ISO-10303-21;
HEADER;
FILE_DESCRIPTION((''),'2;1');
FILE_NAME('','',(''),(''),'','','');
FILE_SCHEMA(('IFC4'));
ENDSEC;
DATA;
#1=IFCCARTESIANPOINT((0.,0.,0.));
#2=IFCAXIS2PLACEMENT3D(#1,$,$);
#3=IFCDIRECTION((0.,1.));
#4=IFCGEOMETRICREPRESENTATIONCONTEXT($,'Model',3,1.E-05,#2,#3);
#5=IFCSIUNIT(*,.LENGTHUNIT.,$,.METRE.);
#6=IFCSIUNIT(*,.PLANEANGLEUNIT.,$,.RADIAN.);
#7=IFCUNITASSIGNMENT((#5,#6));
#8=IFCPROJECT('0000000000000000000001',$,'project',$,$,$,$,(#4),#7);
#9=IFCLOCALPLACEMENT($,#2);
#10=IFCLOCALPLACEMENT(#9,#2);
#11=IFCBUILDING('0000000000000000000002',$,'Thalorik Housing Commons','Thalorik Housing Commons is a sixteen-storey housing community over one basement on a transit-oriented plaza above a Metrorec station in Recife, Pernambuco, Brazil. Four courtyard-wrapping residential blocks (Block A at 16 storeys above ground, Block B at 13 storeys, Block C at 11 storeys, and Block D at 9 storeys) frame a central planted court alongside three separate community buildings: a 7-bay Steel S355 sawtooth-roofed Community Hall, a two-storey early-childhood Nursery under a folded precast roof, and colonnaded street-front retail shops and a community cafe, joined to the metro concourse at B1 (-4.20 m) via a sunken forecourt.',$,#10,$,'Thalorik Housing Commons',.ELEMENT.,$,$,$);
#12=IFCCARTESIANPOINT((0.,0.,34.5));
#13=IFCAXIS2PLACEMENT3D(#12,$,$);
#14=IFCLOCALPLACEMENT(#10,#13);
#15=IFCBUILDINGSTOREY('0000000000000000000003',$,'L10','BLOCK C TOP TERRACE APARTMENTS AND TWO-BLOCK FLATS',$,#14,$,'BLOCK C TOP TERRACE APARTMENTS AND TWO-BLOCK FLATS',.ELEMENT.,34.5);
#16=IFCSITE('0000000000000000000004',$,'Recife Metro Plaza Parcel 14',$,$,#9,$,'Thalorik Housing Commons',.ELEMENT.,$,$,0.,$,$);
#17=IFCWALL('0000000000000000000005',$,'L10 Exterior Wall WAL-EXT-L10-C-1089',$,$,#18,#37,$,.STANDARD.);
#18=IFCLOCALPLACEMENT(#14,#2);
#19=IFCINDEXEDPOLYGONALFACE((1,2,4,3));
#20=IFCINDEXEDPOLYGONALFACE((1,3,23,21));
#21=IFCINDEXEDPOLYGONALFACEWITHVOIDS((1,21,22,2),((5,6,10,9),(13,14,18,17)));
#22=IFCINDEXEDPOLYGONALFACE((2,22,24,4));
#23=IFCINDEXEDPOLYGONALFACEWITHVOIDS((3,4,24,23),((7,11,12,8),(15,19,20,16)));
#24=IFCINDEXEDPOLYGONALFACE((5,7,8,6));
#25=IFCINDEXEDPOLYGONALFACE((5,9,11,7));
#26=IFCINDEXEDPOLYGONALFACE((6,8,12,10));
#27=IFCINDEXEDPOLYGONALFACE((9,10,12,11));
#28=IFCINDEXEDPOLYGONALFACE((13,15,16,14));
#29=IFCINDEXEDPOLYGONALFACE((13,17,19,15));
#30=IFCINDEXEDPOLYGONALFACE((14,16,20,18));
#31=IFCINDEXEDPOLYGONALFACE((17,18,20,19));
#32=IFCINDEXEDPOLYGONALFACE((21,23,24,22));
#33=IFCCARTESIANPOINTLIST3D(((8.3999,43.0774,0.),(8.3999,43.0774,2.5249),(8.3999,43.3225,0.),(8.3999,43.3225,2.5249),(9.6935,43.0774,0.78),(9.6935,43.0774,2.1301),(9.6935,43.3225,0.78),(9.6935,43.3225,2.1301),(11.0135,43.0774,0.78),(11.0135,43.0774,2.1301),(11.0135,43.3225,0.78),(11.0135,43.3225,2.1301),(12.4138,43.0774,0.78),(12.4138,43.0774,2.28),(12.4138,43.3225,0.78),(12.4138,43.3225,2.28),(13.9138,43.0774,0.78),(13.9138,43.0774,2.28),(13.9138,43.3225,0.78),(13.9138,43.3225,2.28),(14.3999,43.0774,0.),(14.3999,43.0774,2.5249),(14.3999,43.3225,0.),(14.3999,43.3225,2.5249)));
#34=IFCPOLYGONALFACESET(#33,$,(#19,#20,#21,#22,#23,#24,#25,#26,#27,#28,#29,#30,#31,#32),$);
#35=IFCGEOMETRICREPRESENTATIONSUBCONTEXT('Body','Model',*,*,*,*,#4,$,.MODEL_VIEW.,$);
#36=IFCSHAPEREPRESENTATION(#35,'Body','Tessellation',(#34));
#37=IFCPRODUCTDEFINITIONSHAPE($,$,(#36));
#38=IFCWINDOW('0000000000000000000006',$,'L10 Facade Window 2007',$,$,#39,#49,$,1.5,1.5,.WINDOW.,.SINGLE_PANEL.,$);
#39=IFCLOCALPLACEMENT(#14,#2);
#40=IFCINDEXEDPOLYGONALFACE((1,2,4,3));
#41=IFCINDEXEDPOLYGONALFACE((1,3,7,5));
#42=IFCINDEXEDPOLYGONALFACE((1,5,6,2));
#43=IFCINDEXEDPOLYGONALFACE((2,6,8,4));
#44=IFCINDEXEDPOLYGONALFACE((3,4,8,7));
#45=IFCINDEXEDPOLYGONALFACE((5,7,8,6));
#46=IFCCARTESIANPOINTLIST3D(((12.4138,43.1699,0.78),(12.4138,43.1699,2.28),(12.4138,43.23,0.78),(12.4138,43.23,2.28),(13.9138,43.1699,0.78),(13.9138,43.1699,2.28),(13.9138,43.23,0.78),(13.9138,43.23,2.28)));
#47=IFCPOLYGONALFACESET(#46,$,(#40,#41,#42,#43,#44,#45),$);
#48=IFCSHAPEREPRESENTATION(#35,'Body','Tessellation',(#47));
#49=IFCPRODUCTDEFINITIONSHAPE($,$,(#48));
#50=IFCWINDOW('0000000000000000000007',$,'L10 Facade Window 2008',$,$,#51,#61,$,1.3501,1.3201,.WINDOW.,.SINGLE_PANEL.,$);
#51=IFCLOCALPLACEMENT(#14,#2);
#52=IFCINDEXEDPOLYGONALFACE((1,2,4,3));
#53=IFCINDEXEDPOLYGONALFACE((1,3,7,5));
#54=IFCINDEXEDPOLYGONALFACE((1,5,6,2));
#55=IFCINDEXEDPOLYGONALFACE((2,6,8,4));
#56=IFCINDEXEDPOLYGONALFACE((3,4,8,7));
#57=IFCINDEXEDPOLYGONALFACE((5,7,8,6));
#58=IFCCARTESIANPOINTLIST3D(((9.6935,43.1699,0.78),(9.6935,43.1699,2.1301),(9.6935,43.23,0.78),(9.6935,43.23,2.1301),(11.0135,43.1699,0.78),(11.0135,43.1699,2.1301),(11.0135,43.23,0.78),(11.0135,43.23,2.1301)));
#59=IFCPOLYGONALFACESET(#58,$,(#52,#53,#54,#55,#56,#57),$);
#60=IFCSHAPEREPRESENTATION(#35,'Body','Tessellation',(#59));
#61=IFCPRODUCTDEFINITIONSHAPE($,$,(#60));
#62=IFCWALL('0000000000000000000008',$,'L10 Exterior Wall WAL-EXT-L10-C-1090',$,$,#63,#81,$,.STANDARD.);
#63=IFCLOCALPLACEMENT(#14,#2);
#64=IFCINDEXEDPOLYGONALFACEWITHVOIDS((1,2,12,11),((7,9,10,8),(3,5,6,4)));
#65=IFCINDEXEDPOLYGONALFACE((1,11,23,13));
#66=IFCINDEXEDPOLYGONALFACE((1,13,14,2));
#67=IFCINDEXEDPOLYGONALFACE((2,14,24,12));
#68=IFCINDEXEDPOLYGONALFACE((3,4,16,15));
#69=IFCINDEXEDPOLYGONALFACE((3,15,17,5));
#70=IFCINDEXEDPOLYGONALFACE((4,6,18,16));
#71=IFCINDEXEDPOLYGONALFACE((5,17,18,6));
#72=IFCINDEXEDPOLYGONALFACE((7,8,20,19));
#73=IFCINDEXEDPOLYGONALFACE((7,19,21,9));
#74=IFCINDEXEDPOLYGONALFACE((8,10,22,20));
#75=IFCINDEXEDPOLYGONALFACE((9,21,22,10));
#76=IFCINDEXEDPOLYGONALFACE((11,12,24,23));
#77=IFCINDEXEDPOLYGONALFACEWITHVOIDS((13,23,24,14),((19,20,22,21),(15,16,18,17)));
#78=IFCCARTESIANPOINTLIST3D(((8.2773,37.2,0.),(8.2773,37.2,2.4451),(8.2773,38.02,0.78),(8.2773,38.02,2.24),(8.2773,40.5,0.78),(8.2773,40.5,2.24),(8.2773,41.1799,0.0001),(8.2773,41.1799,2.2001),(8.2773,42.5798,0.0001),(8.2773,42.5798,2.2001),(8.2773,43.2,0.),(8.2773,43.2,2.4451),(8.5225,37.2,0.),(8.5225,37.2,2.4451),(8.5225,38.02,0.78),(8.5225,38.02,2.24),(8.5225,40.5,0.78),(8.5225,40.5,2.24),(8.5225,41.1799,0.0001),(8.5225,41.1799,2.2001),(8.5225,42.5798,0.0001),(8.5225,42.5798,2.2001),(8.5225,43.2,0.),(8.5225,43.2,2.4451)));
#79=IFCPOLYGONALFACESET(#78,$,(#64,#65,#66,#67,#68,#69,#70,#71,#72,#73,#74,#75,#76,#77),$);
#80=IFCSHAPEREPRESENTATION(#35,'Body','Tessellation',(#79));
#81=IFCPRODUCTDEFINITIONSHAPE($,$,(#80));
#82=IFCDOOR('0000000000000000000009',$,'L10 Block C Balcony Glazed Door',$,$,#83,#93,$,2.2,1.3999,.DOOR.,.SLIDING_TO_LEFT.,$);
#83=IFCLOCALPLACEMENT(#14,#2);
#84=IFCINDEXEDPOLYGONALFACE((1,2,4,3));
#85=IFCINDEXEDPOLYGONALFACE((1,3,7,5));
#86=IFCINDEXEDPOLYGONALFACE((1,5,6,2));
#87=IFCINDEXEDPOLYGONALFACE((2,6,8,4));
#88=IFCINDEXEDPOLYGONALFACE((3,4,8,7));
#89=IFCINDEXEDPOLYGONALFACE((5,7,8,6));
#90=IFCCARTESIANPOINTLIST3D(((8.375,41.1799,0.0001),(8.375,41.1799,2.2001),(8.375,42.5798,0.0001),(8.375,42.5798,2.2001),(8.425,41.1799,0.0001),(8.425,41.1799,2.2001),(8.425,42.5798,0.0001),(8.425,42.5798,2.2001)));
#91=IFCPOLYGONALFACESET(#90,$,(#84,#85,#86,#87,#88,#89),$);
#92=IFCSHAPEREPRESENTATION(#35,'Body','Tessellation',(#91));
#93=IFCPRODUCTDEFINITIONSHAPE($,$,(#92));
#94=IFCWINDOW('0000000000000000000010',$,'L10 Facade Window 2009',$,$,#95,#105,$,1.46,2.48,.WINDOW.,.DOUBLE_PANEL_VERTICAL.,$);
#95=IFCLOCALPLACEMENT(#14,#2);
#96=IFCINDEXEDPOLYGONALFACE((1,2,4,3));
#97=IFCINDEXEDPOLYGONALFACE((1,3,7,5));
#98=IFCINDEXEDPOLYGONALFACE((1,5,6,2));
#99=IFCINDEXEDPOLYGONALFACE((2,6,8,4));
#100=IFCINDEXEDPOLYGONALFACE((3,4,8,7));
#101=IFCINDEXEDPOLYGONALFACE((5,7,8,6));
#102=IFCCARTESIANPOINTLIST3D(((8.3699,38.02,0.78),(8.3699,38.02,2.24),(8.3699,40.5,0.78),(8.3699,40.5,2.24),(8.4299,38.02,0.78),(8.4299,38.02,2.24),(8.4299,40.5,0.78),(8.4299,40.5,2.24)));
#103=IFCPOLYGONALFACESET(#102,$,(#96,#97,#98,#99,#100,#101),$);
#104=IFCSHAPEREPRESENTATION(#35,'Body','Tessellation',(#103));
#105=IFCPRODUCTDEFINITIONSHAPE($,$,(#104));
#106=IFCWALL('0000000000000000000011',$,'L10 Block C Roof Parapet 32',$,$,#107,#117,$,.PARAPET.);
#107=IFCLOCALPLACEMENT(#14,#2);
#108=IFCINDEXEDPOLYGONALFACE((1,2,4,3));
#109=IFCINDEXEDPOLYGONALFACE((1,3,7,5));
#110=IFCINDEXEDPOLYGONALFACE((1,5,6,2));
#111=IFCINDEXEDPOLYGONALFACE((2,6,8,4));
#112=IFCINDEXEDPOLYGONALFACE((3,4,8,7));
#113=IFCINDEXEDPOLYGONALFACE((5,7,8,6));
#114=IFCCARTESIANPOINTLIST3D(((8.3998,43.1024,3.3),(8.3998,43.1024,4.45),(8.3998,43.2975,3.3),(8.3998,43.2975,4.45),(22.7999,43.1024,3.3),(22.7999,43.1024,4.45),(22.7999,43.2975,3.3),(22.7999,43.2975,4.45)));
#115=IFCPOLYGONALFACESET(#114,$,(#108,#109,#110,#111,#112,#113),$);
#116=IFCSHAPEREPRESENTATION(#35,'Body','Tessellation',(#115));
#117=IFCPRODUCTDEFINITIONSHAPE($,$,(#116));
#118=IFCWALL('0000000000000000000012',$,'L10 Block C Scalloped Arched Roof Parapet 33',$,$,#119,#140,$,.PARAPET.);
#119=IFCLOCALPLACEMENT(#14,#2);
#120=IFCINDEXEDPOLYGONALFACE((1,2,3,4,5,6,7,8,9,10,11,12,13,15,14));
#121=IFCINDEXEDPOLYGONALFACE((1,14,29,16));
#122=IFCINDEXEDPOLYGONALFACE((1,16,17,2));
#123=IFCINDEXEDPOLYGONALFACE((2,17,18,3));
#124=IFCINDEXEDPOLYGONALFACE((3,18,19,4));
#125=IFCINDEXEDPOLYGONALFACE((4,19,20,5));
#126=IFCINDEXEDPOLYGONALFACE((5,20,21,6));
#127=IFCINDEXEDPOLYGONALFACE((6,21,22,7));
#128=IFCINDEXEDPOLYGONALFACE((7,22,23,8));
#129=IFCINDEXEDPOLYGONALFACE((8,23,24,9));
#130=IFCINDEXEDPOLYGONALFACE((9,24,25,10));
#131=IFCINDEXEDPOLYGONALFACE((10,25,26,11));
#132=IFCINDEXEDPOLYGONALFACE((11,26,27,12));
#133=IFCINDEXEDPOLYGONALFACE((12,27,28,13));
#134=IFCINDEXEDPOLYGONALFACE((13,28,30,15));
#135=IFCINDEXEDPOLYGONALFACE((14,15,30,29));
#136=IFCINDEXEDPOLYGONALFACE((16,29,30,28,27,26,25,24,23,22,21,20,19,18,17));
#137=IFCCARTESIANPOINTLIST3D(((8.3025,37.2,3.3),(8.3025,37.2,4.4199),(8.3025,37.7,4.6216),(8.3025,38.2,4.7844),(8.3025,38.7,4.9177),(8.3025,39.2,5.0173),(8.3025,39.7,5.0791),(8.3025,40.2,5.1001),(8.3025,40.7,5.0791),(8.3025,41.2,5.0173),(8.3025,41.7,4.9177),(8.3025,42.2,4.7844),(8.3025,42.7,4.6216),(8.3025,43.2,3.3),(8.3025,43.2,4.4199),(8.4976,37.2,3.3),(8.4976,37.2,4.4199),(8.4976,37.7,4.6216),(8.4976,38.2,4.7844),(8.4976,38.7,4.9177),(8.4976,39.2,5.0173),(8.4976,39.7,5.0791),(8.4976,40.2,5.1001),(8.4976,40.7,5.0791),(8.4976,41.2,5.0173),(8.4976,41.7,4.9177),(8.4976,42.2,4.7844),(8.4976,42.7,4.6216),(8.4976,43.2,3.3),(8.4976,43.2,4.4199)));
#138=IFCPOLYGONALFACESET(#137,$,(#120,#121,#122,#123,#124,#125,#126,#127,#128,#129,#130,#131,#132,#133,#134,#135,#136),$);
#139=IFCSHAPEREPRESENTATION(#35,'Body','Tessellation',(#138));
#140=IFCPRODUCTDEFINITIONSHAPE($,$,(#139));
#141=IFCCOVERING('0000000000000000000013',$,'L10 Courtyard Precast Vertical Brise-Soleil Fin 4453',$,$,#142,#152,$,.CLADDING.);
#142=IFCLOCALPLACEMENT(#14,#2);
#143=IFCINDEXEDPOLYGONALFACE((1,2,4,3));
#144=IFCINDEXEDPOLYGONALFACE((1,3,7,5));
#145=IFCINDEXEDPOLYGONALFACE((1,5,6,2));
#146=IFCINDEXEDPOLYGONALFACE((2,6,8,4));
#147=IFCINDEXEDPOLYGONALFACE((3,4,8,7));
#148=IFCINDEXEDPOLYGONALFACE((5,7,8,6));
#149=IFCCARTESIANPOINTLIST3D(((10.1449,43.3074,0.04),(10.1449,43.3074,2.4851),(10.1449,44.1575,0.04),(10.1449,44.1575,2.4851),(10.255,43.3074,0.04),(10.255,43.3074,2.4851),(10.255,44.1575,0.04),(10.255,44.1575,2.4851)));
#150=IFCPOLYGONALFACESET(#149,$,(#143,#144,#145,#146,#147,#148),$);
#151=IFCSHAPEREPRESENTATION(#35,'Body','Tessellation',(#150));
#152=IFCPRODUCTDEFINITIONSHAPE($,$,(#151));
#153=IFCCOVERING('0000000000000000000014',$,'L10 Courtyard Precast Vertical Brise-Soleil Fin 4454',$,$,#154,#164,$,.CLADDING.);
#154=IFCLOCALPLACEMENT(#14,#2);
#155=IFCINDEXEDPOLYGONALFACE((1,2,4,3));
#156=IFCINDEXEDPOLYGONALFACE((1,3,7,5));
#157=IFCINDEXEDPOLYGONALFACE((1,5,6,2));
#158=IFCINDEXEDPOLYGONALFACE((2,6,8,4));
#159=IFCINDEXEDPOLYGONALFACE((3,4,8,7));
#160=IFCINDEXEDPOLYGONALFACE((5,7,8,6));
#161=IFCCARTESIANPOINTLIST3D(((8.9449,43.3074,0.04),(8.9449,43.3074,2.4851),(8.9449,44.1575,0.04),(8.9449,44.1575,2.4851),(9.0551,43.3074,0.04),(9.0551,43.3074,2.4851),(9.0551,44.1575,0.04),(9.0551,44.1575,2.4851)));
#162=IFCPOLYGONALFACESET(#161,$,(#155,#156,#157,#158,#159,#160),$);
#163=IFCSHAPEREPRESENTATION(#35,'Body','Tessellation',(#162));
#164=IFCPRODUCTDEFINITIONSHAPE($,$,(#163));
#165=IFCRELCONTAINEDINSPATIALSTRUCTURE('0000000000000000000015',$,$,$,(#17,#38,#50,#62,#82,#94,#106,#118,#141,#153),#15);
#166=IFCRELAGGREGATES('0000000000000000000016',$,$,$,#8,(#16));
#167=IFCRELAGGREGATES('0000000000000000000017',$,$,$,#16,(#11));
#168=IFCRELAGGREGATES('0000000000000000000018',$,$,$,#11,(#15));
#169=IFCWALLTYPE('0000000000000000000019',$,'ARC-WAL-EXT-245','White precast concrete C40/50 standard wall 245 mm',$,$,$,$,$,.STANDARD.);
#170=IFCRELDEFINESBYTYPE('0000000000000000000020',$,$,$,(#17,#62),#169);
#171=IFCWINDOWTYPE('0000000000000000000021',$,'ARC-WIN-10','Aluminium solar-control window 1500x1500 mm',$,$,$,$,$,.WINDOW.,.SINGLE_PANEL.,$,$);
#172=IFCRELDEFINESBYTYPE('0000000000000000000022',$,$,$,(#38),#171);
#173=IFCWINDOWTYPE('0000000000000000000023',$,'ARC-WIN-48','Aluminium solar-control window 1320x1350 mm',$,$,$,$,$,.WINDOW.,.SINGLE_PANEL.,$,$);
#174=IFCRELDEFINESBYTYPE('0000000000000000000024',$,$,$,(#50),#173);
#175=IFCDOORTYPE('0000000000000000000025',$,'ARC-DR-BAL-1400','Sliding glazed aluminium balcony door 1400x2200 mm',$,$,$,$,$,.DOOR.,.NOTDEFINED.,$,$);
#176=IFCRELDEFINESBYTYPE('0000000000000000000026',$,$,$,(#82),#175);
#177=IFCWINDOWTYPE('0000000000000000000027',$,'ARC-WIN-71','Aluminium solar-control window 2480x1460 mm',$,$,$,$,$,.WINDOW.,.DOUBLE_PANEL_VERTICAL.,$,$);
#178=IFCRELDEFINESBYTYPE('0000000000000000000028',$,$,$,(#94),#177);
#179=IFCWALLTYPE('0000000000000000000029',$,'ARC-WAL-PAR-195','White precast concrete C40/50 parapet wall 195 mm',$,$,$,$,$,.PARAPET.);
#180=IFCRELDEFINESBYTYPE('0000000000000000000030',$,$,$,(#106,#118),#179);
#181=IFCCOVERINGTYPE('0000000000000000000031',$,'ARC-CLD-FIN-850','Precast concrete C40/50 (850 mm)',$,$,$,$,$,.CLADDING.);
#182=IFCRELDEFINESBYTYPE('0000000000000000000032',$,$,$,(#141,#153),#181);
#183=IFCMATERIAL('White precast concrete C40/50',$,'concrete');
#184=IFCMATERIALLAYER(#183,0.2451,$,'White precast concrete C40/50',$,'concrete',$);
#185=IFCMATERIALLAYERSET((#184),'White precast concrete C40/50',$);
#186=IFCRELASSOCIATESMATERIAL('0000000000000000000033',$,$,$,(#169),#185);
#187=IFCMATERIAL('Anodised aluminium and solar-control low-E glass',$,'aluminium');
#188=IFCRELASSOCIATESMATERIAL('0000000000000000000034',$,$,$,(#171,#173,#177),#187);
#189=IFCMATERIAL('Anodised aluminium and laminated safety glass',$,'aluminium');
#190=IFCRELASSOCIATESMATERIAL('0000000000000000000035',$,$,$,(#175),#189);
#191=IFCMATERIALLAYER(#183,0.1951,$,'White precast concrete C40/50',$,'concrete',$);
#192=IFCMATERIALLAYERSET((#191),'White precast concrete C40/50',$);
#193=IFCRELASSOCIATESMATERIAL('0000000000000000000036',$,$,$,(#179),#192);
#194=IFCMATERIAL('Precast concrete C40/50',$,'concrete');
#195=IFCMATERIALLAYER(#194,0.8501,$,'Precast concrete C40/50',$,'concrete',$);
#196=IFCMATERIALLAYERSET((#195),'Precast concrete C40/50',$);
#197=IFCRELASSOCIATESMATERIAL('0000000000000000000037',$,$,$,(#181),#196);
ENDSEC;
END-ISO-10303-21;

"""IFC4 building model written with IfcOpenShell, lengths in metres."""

from ifc_helpers import new_model, si_unit, direction, frame, frame_2d, origin, origin_2d, place, context, subcontext, project, spatial, polyline, rectangle, outline, extrude, material, layer, layer_set, type_object, element, fill, save


model = new_model("IFC4")

# Units and contexts
model_context = context("Model", 3, precision=1e-05, world=origin(), true_north=direction((0.0, 1.0)))
body_context = subcontext(model_context, "Body", "Model", "MODEL_VIEW")
ifc_project = project(units=[si_unit("LENGTHUNIT", "METRE"), si_unit("PLANEANGLEUNIT", "RADIAN")], contexts=[model_context])

# Site, building, storey
site_placement = place(None, origin())
site = spatial("IfcSite", under=ifc_project, at=site_placement, Name="Recife Metro Plaza Parcel 14", LongName="Thalorik Housing Commons", CompositionType="ELEMENT", RefElevation=0.0)
building_placement = place(site_placement, origin())
building = spatial("IfcBuilding", under=site, at=building_placement, Name="Thalorik Housing Commons", Description="Thalorik Housing Commons is a sixteen-storey housing community over one basement on a transit-oriented plaza above a Metrorec station in Recife, Pernambuco, Brazil. Four courtyard-wrapping residential blocks (Block A at 16 storeys above ground, Block B at 13 storeys, Block C at 11 storeys, and Block D at 9 storeys) frame a central planted court alongside three separate community buildings: a 7-bay Steel S355 sawtooth-roofed Community Hall, a two-storey early-childhood Nursery under a folded precast roof, and colonnaded street-front retail shops and a community cafe, joined to the metro concourse at B1 (-4.20 m) via a sunken forecourt.", LongName="Thalorik Housing Commons", CompositionType="ELEMENT")
storey_placement = place(building_placement, frame((0.0, 0.0, 34.5)))
storey = spatial("IfcBuildingStorey", under=building, at=storey_placement, Name="L10", Description="BLOCK C TOP TERRACE APARTMENTS AND TWO-BLOCK FLATS", LongName="BLOCK C TOP TERRACE APARTMENTS AND TWO-BLOCK FLATS", CompositionType="ELEMENT", Elevation=34.5)

# Shared definitions
ifc_material_1 = material(Name="Precast concrete C40/50", Category="concrete")

# Wall, openings, windows
ifc_material_2 = material(Name="White precast concrete C40/50", Category="concrete")
ifc_layer_1 = layer(ifc_material_2, 0.2451, Name="White precast concrete C40/50", Category="concrete")
ifc_layer_set_1 = layer_set([ifc_layer_1], Name="White precast concrete C40/50")
wall_type_1 = type_object("IfcWallType", Name="ARC-WAL-EXT-245", Description="White precast concrete C40/50 standard wall 245 mm", PredefinedType="STANDARD", material=ifc_layer_set_1)
ifc_material_3 = material(Name="Anodised aluminium and solar-control low-E glass", Category="aluminium")
wall_1_placement = place(storey_placement, frame((14.3999, 43.2, 0.0), z_axis=(0.0, 0.0, 1.0), x_axis=(-1.0, 0.0, 0.0)))
wall_1 = element("IfcWall", 1, at=wall_1_placement, inside=storey, type_object=wall_type_1, Name="L10 Exterior Wall WAL-EXT-L10-C-1089", PredefinedType="STANDARD", context=body_context, shape_type="SweptSolid", body=[
    extrude(rectangle(XDim=6.0, YDim=0.2451, at=frame_2d((3.0, 0.0))), origin(), (0.0, 0.0, 1.0), 2.5249),
])
opening_1_placement = place(wall_1_placement, frame((0.4861, 0.0, 0.78)))
opening_1 = element("IfcOpeningElement", 2, at=opening_1_placement, cuts=wall_1, PredefinedType="OPENING", context=body_context, shape_type="SweptSolid", body=[
    extrude(rectangle(XDim=1.5, YDim=1.5, at=frame_2d((0.75, 0.75))), frame((0.0, 0.1326, 0.0), z_axis=(0.0, -1.0, 0.0), x_axis=(1.0, 0.0, 0.0)), (0.0, 0.0, 1.0), 0.2651),
])
opening_2_placement = place(wall_1_placement, frame((3.3862, 0.0, 0.78)))
opening_2 = element("IfcOpeningElement", 3, at=opening_2_placement, cuts=wall_1, PredefinedType="OPENING", context=body_context, shape_type="SweptSolid", body=[
    extrude(rectangle(XDim=1.3201, YDim=1.3501, at=frame_2d((0.6602, 0.675))), frame((0.0, 0.1326, 0.0), z_axis=(0.0, -1.0, 0.0), x_axis=(1.0, 0.0, 0.0)), (0.0, 0.0, 1.0), 0.2651),
])
window_type_1 = type_object("IfcWindowType", Name="ARC-WIN-10", Description="Aluminium solar-control window 1500x1500 mm", PartitioningType="SINGLE_PANEL", PredefinedType="WINDOW", material=ifc_material_3)
window_1_placement = place(opening_1_placement, origin())
window_1 = element("IfcWindow", 4, at=window_1_placement, inside=storey, type_object=window_type_1, Name="L10 Facade Window 2007", OverallHeight=1.5, OverallWidth=1.5, PartitioningType="SINGLE_PANEL", PredefinedType="WINDOW", context=body_context, shape_type="SweptSolid", body=[
    extrude(rectangle(XDim=1.5, YDim=1.5, at=frame_2d((0.75, 0.75))), frame((0.0, 0.03, 0.0), z_axis=(0.0, -1.0, 0.0), x_axis=(1.0, 0.0, 0.0)), (0.0, 0.0, 1.0), 0.0601),
])
fill(opening_1, window_1)
window_type_2 = type_object("IfcWindowType", Name="ARC-WIN-48", Description="Aluminium solar-control window 1320x1350 mm", PartitioningType="SINGLE_PANEL", PredefinedType="WINDOW", material=ifc_material_3)
window_2_placement = place(opening_2_placement, origin())
window_2 = element("IfcWindow", 5, at=window_2_placement, inside=storey, type_object=window_type_2, Name="L10 Facade Window 2008", OverallHeight=1.3501, OverallWidth=1.3201, PartitioningType="SINGLE_PANEL", PredefinedType="WINDOW", context=body_context, shape_type="SweptSolid", body=[
    extrude(rectangle(XDim=1.3201, YDim=1.3501, at=frame_2d((0.6602, 0.675))), frame((0.0, 0.03, 0.0), z_axis=(0.0, -1.0, 0.0), x_axis=(1.0, 0.0, 0.0)), (0.0, 0.0, 1.0), 0.0601),
])
fill(opening_2, window_2)

# Wall, openings, door, window
wall_2_placement = place(storey_placement, frame((8.3999, 43.2, 0.0), z_axis=(0.0, 0.0, 1.0), x_axis=(0.0, -1.0, 0.0)))
wall_2 = element("IfcWall", 6, at=wall_2_placement, inside=storey, type_object=wall_type_1, Name="L10 Exterior Wall WAL-EXT-L10-C-1090", PredefinedType="STANDARD", context=body_context, shape_type="SweptSolid", body=[
    extrude(rectangle(XDim=6.0, YDim=0.2451, at=frame_2d((3.0, 0.0))), origin(), (0.0, 0.0, 1.0), 2.4451),
])
opening_3_placement = place(wall_2_placement, frame((0.6201, 0.0, 0.0)))
opening_3 = element("IfcOpeningElement", 7, at=opening_3_placement, cuts=wall_2, PredefinedType="OPENING", context=body_context, shape_type="SweptSolid", body=[
    extrude(rectangle(XDim=1.3999, YDim=2.2, at=frame_2d((0.7, 1.1001))), frame((0.0, 0.1326, 0.0), z_axis=(0.0, -1.0, 0.0), x_axis=(1.0, 0.0, 0.0)), (0.0, 0.0, 1.0), 0.2651),
])
opening_4_placement = place(wall_2_placement, frame((2.7, 0.0, 0.78)))
opening_4 = element("IfcOpeningElement", 8, at=opening_4_placement, cuts=wall_2, PredefinedType="OPENING", context=body_context, shape_type="SweptSolid", body=[
    extrude(rectangle(XDim=2.48, YDim=1.46, at=frame_2d((1.24, 0.73))), frame((0.0, 0.1326, 0.0), z_axis=(0.0, -1.0, 0.0), x_axis=(1.0, 0.0, 0.0)), (0.0, 0.0, 1.0), 0.2651),
])
ifc_material_4 = material(Name="Anodised aluminium and laminated safety glass", Category="aluminium")
door_type = type_object("IfcDoorType", Name="ARC-DR-BAL-1400", Description="Sliding glazed aluminium balcony door 1400x2200 mm", OperationType="NOTDEFINED", PredefinedType="DOOR", material=ifc_material_4)
door_placement = place(opening_3_placement, frame((1.3999, 0.0, 0.0), z_axis=(0.0, 0.0, 1.0), x_axis=(-1.0, 0.0, 0.0)))
door = element("IfcDoor", 9, at=door_placement, inside=storey, type_object=door_type, Name="L10 Block C Balcony Glazed Door", OperationType="SLIDING_TO_LEFT", OverallHeight=2.2, OverallWidth=1.3999, PredefinedType="DOOR", context=body_context, shape_type="SweptSolid", body=[
    extrude(rectangle(XDim=1.3999, YDim=2.2, at=frame_2d((0.7, 1.1001))), frame((0.0, 0.0249, 0.0), z_axis=(0.0, -1.0, 0.0), x_axis=(1.0, 0.0, 0.0)), (0.0, 0.0, 1.0), 0.05),
])
fill(opening_3, door)
window_type_3 = type_object("IfcWindowType", Name="ARC-WIN-71", Description="Aluminium solar-control window 2480x1460 mm", PartitioningType="DOUBLE_PANEL_VERTICAL", PredefinedType="WINDOW", material=ifc_material_3)
window_3_placement = place(opening_4_placement, origin())
window_3 = element("IfcWindow", 10, at=window_3_placement, inside=storey, type_object=window_type_3, Name="L10 Facade Window 2009", OverallHeight=1.46, OverallWidth=2.48, PartitioningType="DOUBLE_PANEL_VERTICAL", PredefinedType="WINDOW", context=body_context, shape_type="SweptSolid", body=[
    extrude(rectangle(XDim=2.48, YDim=1.46, at=frame_2d((1.24, 0.73))), frame((0.0, 0.03, 0.0), z_axis=(0.0, -1.0, 0.0), x_axis=(1.0, 0.0, 0.0)), (0.0, 0.0, 1.0), 0.0601),
])
fill(opening_4, window_3)

# Walls
ifc_layer_2 = layer(ifc_material_2, 0.1951, Name="White precast concrete C40/50", Category="concrete")
ifc_layer_set_2 = layer_set([ifc_layer_2], Name="White precast concrete C40/50")
wall_type_2 = type_object("IfcWallType", Name="ARC-WAL-PAR-195", Description="White precast concrete C40/50 parapet wall 195 mm", PredefinedType="PARAPET", material=ifc_layer_set_2)
wall_3_placement = place(storey_placement, frame((22.8, 43.2, 3.3), z_axis=(0.0, 0.0, 1.0), x_axis=(-1.0, 0.0, 0.0)))
element("IfcWall", 11, at=wall_3_placement, inside=storey, type_object=wall_type_2, Name="L10 Block C Roof Parapet 32", PredefinedType="PARAPET", context=body_context, shape_type="SweptSolid", body=[
    extrude(rectangle(XDim=14.4001, YDim=0.1951, at=frame_2d((7.2002, 0.0))), origin(), (0.0, 0.0, 1.0), 1.1499),
])
wall_4_placement = place(storey_placement, frame((8.3999, 43.2, 3.3), z_axis=(0.0, 0.0, 1.0), x_axis=(0.0, -1.0, 0.0)))
element("IfcWall", 12, at=wall_4_placement, inside=storey, type_object=wall_type_2, Name="L10 Block C Scalloped Arched Roof Parapet 33", PredefinedType="PARAPET", context=body_context, shape_type="SweptSolid", body=[
    extrude(outline(polyline([(0.0, 0.0), (6.0, 0.0), (6.0, 1.1199), (5.5, 1.3215), (5.0, 1.4844), (4.5, 1.6177), (4.0, 1.7173), (3.5, 1.7791), (3.0, 1.8), (2.5, 1.7791), (2.0, 1.7173), (1.5, 1.6177), (1.0, 1.4844), (0.5, 1.3215), (0.0, 1.1199), (0.0, 0.0)])), frame((0.0, 0.0977, 0.0), z_axis=(0.0, -1.0, 0.0), x_axis=(1.0, 0.0, 0.0)), (0.0, 0.0, 1.0), 0.1951),
])

# Coverings
ifc_layer_3 = layer(ifc_material_1, 0.8501, Name="Precast concrete C40/50", Category="concrete")
ifc_layer_set_3 = layer_set([ifc_layer_3], Name="Precast concrete C40/50")
covering_type_1 = type_object("IfcCoveringType", Name="ARC-CLD-FIN-850", Description="Precast concrete C40/50 (850 mm)", PredefinedType="CLADDING", material=ifc_layer_set_3)
for number, where, z_axis, x_axis, name in (
    (13, (10.2, 43.7324, 0.04), (0.0, 0.0, 1.0), (-1.0, 0.0, 0.0), "L10 Courtyard Precast Vertical Brise-Soleil Fin 4453"),
    (14, (9.0, 43.7324, 0.04), (0.0, 0.0, 1.0), (-1.0, 0.0, 0.0), "L10 Courtyard Precast Vertical Brise-Soleil Fin 4454"),
):
    element("IfcCovering", number, at=place(storey_placement, frame(where, z_axis=z_axis, x_axis=x_axis)), inside=storey, type_object=covering_type_1, Name=name, PredefinedType="CLADDING", context=body_context, shape_type="SweptSolid", body=[
        extrude(rectangle(XDim=0.1101, YDim=0.8501, at=origin_2d()), origin(), (0.0, 0.0, 1.0), 2.4451),
    ])

save(model, "model.ifc")
